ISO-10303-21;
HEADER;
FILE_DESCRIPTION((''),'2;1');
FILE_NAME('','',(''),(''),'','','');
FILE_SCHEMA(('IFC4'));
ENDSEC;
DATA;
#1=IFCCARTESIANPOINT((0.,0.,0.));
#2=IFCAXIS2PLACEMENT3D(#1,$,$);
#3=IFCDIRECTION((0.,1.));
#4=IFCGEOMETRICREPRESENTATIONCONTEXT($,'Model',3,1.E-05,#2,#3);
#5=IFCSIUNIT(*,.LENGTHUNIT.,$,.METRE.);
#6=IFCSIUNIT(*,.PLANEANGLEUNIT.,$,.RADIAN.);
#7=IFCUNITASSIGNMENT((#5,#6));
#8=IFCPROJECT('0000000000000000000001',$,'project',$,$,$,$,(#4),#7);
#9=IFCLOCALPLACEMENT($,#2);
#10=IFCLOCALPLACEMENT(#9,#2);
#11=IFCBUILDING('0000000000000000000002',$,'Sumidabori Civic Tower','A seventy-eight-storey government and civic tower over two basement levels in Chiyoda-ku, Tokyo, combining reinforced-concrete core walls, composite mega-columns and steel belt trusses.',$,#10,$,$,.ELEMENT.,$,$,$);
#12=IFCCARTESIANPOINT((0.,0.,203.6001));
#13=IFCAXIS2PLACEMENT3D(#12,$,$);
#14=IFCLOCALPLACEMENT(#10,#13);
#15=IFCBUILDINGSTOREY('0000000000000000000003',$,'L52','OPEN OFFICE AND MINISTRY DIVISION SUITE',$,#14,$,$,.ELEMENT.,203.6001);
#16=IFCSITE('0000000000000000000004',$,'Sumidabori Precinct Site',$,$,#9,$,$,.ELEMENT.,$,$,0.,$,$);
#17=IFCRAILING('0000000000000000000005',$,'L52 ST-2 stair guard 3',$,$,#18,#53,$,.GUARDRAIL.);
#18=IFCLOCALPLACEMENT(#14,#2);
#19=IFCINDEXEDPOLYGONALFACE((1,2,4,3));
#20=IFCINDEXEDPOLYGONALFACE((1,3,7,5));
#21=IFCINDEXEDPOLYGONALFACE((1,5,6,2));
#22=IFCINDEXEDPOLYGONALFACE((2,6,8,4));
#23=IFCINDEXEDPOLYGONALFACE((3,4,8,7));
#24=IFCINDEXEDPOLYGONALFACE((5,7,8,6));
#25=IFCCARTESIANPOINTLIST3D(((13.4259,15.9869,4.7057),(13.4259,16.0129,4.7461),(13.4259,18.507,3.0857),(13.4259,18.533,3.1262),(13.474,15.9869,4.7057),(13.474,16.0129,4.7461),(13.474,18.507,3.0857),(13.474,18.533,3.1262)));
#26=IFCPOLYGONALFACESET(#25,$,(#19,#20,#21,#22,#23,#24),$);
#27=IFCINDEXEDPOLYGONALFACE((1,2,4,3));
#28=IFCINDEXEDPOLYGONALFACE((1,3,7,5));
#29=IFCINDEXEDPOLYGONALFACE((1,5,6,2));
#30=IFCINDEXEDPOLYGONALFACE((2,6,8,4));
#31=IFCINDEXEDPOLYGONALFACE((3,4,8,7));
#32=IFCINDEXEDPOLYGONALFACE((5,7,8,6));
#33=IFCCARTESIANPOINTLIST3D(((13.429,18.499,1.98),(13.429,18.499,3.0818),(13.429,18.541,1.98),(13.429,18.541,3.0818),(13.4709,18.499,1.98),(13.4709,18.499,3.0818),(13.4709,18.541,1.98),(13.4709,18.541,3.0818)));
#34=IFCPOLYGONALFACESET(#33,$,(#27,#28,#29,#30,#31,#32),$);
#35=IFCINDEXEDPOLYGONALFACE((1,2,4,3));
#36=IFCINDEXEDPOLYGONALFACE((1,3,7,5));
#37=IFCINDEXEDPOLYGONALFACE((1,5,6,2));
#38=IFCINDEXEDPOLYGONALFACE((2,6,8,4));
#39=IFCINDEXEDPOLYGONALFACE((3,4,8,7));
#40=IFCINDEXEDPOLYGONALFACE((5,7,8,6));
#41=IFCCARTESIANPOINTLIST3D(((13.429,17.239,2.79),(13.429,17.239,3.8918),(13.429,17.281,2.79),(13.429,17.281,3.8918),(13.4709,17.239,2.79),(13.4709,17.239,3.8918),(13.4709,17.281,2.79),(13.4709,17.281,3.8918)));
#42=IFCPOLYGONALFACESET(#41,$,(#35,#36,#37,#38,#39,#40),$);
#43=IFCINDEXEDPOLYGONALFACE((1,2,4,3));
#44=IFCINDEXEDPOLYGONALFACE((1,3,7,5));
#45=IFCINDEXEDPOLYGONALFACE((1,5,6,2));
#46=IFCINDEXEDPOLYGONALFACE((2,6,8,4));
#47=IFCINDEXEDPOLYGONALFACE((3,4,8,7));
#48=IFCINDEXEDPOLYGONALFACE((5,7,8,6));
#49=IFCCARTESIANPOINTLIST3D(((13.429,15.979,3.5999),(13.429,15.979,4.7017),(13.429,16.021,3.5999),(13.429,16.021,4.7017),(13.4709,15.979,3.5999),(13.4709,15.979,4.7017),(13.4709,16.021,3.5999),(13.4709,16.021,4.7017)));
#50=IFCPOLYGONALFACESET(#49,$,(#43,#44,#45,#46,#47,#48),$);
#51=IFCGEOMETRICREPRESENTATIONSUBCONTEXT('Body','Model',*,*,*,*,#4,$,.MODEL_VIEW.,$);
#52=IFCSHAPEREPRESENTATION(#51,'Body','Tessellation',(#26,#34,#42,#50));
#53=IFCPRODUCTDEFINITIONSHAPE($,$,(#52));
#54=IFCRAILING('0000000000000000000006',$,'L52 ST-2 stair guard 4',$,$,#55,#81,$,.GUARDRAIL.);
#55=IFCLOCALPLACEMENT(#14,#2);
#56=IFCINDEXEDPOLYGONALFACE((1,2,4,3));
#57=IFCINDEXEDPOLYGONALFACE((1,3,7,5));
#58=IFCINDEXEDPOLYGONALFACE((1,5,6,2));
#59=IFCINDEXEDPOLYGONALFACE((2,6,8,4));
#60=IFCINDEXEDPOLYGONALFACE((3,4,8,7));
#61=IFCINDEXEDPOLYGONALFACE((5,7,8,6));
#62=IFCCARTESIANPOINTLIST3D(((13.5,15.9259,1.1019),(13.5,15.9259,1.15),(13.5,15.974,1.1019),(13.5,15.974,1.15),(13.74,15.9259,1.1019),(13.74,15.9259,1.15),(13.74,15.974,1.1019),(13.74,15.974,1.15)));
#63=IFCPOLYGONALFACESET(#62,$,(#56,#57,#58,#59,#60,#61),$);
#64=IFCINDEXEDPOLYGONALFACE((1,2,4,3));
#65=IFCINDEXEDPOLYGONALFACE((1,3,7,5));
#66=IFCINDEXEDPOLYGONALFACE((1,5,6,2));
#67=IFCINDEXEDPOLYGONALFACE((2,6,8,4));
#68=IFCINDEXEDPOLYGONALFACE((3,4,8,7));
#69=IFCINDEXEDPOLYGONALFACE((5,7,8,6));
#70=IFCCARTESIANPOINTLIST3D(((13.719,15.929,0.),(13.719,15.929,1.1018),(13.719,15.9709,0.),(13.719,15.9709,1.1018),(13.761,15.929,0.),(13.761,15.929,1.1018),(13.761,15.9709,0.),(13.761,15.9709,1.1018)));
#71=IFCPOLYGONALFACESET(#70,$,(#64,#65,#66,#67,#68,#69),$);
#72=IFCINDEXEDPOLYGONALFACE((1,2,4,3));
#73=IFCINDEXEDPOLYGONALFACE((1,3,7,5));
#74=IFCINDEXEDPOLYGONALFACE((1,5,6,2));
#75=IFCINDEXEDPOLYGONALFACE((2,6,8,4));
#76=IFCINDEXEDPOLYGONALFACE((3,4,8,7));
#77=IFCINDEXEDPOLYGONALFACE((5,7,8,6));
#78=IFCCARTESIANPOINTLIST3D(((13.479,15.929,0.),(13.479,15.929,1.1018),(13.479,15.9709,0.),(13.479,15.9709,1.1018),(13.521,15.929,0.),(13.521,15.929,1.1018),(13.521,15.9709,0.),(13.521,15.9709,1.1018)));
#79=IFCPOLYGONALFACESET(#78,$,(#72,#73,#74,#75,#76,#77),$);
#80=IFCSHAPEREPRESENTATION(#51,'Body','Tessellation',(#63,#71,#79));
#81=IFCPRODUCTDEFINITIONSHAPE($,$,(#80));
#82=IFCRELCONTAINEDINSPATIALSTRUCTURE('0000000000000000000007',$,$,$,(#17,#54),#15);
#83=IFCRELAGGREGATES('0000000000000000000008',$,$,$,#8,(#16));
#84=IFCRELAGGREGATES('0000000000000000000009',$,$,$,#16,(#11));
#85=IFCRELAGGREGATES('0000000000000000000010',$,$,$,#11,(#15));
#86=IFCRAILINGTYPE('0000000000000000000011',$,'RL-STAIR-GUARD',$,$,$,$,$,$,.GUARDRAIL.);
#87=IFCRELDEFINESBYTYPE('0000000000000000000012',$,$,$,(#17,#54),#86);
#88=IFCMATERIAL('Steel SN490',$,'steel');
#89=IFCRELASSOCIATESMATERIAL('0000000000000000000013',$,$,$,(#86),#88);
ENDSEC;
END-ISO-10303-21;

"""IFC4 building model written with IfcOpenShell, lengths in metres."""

from ifc_helpers import new_model, si_unit, direction, frame, origin, origin_2d, place, context, subcontext, project, spatial, rectangle, extrude, material, type_object, element, save


model = new_model("IFC4")

# Units and contexts
model_context = context("Model", 3, precision=1e-05, world=origin(), true_north=direction((0.0, 1.0)))
body_context = subcontext(model_context, "Body", "Model", "MODEL_VIEW")
ifc_project = project(units=[si_unit("LENGTHUNIT", "METRE"), si_unit("PLANEANGLEUNIT", "RADIAN")], contexts=[model_context])

# Site, building, storey
site_placement = place(None, origin())
site = spatial("IfcSite", under=ifc_project, at=site_placement, Name="Sumidabori Precinct Site", CompositionType="ELEMENT", RefElevation=0.0)
building_placement = place(site_placement, origin())
building = spatial("IfcBuilding", under=site, at=building_placement, Name="Sumidabori Civic Tower", Description="A seventy-eight-storey government and civic tower over two basement levels in Chiyoda-ku, Tokyo, combining reinforced-concrete core walls, composite mega-columns and steel belt trusses.", CompositionType="ELEMENT")
storey_placement = place(building_placement, frame((0.0, 0.0, 203.6001)))
storey = spatial("IfcBuildingStorey", under=building, at=storey_placement, Name="L52", Description="OPEN OFFICE AND MINISTRY DIVISION SUITE", CompositionType="ELEMENT", Elevation=203.6001)

# Railings
ifc_material_1 = material(Name="Steel SN490", Category="steel")
railing_type_1 = type_object("IfcRailingType", Name="RL-STAIR-GUARD", PredefinedType="GUARDRAIL", material=ifc_material_1)
railing_1_placement = place(storey_placement, frame((13.45, 18.52, 1.98)))
element("IfcRailing", 1, at=railing_1_placement, inside=storey, type_object=railing_type_1, Name="L52 ST-2 stair guard 3", PredefinedType="GUARDRAIL", context=body_context, shape_type="SweptSolid", body=[
    extrude(rectangle(XDim=0.0481, YDim=0.0481, at=origin_2d()), frame((0.0, 0.0, 1.126), z_axis=(0.0, -0.8412, 0.540725), x_axis=(1.0, 0.0, 0.0)), (0.0, 0.0, 1.0), 2.9958),
    extrude(rectangle(XDim=0.042, YDim=0.042, at=origin_2d()), origin(), (0.0, 0.0, 1.0), 1.1018),
    extrude(rectangle(XDim=0.042, YDim=0.042, at=origin_2d()), frame((0.0, -1.26, 0.8101)), (0.0, 0.0, 1.0), 1.1018),
    extrude(rectangle(XDim=0.042, YDim=0.042, at=origin_2d()), frame((0.0, -2.52, 1.6199)), (0.0, 0.0, 1.0), 1.1018),
])
railing_2_placement = place(storey_placement, frame((13.74, 15.95, 0.0)))
element("IfcRailing", 2, at=railing_2_placement, inside=storey, type_object=railing_type_1, Name="L52 ST-2 stair guard 4", PredefinedType="GUARDRAIL", context=body_context, shape_type="SweptSolid", body=[
    extrude(rectangle(XDim=0.0481, YDim=0.0481, at=origin_2d()), frame((0.0, 0.0, 1.126), z_axis=(-1.0, 0.0, 0.0), x_axis=(0.0, -1.0, 0.0)), (0.0, 0.0, 1.0), 0.24),
    extrude(rectangle(XDim=0.042, YDim=0.042, at=origin_2d()), origin(), (0.0, 0.0, 1.0), 1.1018),
    extrude(rectangle(XDim=0.042, YDim=0.042, at=origin_2d()), frame((-0.24, 0.0, 0.0)), (0.0, 0.0, 1.0), 1.1018),
])

save(model, "model.ifc")
